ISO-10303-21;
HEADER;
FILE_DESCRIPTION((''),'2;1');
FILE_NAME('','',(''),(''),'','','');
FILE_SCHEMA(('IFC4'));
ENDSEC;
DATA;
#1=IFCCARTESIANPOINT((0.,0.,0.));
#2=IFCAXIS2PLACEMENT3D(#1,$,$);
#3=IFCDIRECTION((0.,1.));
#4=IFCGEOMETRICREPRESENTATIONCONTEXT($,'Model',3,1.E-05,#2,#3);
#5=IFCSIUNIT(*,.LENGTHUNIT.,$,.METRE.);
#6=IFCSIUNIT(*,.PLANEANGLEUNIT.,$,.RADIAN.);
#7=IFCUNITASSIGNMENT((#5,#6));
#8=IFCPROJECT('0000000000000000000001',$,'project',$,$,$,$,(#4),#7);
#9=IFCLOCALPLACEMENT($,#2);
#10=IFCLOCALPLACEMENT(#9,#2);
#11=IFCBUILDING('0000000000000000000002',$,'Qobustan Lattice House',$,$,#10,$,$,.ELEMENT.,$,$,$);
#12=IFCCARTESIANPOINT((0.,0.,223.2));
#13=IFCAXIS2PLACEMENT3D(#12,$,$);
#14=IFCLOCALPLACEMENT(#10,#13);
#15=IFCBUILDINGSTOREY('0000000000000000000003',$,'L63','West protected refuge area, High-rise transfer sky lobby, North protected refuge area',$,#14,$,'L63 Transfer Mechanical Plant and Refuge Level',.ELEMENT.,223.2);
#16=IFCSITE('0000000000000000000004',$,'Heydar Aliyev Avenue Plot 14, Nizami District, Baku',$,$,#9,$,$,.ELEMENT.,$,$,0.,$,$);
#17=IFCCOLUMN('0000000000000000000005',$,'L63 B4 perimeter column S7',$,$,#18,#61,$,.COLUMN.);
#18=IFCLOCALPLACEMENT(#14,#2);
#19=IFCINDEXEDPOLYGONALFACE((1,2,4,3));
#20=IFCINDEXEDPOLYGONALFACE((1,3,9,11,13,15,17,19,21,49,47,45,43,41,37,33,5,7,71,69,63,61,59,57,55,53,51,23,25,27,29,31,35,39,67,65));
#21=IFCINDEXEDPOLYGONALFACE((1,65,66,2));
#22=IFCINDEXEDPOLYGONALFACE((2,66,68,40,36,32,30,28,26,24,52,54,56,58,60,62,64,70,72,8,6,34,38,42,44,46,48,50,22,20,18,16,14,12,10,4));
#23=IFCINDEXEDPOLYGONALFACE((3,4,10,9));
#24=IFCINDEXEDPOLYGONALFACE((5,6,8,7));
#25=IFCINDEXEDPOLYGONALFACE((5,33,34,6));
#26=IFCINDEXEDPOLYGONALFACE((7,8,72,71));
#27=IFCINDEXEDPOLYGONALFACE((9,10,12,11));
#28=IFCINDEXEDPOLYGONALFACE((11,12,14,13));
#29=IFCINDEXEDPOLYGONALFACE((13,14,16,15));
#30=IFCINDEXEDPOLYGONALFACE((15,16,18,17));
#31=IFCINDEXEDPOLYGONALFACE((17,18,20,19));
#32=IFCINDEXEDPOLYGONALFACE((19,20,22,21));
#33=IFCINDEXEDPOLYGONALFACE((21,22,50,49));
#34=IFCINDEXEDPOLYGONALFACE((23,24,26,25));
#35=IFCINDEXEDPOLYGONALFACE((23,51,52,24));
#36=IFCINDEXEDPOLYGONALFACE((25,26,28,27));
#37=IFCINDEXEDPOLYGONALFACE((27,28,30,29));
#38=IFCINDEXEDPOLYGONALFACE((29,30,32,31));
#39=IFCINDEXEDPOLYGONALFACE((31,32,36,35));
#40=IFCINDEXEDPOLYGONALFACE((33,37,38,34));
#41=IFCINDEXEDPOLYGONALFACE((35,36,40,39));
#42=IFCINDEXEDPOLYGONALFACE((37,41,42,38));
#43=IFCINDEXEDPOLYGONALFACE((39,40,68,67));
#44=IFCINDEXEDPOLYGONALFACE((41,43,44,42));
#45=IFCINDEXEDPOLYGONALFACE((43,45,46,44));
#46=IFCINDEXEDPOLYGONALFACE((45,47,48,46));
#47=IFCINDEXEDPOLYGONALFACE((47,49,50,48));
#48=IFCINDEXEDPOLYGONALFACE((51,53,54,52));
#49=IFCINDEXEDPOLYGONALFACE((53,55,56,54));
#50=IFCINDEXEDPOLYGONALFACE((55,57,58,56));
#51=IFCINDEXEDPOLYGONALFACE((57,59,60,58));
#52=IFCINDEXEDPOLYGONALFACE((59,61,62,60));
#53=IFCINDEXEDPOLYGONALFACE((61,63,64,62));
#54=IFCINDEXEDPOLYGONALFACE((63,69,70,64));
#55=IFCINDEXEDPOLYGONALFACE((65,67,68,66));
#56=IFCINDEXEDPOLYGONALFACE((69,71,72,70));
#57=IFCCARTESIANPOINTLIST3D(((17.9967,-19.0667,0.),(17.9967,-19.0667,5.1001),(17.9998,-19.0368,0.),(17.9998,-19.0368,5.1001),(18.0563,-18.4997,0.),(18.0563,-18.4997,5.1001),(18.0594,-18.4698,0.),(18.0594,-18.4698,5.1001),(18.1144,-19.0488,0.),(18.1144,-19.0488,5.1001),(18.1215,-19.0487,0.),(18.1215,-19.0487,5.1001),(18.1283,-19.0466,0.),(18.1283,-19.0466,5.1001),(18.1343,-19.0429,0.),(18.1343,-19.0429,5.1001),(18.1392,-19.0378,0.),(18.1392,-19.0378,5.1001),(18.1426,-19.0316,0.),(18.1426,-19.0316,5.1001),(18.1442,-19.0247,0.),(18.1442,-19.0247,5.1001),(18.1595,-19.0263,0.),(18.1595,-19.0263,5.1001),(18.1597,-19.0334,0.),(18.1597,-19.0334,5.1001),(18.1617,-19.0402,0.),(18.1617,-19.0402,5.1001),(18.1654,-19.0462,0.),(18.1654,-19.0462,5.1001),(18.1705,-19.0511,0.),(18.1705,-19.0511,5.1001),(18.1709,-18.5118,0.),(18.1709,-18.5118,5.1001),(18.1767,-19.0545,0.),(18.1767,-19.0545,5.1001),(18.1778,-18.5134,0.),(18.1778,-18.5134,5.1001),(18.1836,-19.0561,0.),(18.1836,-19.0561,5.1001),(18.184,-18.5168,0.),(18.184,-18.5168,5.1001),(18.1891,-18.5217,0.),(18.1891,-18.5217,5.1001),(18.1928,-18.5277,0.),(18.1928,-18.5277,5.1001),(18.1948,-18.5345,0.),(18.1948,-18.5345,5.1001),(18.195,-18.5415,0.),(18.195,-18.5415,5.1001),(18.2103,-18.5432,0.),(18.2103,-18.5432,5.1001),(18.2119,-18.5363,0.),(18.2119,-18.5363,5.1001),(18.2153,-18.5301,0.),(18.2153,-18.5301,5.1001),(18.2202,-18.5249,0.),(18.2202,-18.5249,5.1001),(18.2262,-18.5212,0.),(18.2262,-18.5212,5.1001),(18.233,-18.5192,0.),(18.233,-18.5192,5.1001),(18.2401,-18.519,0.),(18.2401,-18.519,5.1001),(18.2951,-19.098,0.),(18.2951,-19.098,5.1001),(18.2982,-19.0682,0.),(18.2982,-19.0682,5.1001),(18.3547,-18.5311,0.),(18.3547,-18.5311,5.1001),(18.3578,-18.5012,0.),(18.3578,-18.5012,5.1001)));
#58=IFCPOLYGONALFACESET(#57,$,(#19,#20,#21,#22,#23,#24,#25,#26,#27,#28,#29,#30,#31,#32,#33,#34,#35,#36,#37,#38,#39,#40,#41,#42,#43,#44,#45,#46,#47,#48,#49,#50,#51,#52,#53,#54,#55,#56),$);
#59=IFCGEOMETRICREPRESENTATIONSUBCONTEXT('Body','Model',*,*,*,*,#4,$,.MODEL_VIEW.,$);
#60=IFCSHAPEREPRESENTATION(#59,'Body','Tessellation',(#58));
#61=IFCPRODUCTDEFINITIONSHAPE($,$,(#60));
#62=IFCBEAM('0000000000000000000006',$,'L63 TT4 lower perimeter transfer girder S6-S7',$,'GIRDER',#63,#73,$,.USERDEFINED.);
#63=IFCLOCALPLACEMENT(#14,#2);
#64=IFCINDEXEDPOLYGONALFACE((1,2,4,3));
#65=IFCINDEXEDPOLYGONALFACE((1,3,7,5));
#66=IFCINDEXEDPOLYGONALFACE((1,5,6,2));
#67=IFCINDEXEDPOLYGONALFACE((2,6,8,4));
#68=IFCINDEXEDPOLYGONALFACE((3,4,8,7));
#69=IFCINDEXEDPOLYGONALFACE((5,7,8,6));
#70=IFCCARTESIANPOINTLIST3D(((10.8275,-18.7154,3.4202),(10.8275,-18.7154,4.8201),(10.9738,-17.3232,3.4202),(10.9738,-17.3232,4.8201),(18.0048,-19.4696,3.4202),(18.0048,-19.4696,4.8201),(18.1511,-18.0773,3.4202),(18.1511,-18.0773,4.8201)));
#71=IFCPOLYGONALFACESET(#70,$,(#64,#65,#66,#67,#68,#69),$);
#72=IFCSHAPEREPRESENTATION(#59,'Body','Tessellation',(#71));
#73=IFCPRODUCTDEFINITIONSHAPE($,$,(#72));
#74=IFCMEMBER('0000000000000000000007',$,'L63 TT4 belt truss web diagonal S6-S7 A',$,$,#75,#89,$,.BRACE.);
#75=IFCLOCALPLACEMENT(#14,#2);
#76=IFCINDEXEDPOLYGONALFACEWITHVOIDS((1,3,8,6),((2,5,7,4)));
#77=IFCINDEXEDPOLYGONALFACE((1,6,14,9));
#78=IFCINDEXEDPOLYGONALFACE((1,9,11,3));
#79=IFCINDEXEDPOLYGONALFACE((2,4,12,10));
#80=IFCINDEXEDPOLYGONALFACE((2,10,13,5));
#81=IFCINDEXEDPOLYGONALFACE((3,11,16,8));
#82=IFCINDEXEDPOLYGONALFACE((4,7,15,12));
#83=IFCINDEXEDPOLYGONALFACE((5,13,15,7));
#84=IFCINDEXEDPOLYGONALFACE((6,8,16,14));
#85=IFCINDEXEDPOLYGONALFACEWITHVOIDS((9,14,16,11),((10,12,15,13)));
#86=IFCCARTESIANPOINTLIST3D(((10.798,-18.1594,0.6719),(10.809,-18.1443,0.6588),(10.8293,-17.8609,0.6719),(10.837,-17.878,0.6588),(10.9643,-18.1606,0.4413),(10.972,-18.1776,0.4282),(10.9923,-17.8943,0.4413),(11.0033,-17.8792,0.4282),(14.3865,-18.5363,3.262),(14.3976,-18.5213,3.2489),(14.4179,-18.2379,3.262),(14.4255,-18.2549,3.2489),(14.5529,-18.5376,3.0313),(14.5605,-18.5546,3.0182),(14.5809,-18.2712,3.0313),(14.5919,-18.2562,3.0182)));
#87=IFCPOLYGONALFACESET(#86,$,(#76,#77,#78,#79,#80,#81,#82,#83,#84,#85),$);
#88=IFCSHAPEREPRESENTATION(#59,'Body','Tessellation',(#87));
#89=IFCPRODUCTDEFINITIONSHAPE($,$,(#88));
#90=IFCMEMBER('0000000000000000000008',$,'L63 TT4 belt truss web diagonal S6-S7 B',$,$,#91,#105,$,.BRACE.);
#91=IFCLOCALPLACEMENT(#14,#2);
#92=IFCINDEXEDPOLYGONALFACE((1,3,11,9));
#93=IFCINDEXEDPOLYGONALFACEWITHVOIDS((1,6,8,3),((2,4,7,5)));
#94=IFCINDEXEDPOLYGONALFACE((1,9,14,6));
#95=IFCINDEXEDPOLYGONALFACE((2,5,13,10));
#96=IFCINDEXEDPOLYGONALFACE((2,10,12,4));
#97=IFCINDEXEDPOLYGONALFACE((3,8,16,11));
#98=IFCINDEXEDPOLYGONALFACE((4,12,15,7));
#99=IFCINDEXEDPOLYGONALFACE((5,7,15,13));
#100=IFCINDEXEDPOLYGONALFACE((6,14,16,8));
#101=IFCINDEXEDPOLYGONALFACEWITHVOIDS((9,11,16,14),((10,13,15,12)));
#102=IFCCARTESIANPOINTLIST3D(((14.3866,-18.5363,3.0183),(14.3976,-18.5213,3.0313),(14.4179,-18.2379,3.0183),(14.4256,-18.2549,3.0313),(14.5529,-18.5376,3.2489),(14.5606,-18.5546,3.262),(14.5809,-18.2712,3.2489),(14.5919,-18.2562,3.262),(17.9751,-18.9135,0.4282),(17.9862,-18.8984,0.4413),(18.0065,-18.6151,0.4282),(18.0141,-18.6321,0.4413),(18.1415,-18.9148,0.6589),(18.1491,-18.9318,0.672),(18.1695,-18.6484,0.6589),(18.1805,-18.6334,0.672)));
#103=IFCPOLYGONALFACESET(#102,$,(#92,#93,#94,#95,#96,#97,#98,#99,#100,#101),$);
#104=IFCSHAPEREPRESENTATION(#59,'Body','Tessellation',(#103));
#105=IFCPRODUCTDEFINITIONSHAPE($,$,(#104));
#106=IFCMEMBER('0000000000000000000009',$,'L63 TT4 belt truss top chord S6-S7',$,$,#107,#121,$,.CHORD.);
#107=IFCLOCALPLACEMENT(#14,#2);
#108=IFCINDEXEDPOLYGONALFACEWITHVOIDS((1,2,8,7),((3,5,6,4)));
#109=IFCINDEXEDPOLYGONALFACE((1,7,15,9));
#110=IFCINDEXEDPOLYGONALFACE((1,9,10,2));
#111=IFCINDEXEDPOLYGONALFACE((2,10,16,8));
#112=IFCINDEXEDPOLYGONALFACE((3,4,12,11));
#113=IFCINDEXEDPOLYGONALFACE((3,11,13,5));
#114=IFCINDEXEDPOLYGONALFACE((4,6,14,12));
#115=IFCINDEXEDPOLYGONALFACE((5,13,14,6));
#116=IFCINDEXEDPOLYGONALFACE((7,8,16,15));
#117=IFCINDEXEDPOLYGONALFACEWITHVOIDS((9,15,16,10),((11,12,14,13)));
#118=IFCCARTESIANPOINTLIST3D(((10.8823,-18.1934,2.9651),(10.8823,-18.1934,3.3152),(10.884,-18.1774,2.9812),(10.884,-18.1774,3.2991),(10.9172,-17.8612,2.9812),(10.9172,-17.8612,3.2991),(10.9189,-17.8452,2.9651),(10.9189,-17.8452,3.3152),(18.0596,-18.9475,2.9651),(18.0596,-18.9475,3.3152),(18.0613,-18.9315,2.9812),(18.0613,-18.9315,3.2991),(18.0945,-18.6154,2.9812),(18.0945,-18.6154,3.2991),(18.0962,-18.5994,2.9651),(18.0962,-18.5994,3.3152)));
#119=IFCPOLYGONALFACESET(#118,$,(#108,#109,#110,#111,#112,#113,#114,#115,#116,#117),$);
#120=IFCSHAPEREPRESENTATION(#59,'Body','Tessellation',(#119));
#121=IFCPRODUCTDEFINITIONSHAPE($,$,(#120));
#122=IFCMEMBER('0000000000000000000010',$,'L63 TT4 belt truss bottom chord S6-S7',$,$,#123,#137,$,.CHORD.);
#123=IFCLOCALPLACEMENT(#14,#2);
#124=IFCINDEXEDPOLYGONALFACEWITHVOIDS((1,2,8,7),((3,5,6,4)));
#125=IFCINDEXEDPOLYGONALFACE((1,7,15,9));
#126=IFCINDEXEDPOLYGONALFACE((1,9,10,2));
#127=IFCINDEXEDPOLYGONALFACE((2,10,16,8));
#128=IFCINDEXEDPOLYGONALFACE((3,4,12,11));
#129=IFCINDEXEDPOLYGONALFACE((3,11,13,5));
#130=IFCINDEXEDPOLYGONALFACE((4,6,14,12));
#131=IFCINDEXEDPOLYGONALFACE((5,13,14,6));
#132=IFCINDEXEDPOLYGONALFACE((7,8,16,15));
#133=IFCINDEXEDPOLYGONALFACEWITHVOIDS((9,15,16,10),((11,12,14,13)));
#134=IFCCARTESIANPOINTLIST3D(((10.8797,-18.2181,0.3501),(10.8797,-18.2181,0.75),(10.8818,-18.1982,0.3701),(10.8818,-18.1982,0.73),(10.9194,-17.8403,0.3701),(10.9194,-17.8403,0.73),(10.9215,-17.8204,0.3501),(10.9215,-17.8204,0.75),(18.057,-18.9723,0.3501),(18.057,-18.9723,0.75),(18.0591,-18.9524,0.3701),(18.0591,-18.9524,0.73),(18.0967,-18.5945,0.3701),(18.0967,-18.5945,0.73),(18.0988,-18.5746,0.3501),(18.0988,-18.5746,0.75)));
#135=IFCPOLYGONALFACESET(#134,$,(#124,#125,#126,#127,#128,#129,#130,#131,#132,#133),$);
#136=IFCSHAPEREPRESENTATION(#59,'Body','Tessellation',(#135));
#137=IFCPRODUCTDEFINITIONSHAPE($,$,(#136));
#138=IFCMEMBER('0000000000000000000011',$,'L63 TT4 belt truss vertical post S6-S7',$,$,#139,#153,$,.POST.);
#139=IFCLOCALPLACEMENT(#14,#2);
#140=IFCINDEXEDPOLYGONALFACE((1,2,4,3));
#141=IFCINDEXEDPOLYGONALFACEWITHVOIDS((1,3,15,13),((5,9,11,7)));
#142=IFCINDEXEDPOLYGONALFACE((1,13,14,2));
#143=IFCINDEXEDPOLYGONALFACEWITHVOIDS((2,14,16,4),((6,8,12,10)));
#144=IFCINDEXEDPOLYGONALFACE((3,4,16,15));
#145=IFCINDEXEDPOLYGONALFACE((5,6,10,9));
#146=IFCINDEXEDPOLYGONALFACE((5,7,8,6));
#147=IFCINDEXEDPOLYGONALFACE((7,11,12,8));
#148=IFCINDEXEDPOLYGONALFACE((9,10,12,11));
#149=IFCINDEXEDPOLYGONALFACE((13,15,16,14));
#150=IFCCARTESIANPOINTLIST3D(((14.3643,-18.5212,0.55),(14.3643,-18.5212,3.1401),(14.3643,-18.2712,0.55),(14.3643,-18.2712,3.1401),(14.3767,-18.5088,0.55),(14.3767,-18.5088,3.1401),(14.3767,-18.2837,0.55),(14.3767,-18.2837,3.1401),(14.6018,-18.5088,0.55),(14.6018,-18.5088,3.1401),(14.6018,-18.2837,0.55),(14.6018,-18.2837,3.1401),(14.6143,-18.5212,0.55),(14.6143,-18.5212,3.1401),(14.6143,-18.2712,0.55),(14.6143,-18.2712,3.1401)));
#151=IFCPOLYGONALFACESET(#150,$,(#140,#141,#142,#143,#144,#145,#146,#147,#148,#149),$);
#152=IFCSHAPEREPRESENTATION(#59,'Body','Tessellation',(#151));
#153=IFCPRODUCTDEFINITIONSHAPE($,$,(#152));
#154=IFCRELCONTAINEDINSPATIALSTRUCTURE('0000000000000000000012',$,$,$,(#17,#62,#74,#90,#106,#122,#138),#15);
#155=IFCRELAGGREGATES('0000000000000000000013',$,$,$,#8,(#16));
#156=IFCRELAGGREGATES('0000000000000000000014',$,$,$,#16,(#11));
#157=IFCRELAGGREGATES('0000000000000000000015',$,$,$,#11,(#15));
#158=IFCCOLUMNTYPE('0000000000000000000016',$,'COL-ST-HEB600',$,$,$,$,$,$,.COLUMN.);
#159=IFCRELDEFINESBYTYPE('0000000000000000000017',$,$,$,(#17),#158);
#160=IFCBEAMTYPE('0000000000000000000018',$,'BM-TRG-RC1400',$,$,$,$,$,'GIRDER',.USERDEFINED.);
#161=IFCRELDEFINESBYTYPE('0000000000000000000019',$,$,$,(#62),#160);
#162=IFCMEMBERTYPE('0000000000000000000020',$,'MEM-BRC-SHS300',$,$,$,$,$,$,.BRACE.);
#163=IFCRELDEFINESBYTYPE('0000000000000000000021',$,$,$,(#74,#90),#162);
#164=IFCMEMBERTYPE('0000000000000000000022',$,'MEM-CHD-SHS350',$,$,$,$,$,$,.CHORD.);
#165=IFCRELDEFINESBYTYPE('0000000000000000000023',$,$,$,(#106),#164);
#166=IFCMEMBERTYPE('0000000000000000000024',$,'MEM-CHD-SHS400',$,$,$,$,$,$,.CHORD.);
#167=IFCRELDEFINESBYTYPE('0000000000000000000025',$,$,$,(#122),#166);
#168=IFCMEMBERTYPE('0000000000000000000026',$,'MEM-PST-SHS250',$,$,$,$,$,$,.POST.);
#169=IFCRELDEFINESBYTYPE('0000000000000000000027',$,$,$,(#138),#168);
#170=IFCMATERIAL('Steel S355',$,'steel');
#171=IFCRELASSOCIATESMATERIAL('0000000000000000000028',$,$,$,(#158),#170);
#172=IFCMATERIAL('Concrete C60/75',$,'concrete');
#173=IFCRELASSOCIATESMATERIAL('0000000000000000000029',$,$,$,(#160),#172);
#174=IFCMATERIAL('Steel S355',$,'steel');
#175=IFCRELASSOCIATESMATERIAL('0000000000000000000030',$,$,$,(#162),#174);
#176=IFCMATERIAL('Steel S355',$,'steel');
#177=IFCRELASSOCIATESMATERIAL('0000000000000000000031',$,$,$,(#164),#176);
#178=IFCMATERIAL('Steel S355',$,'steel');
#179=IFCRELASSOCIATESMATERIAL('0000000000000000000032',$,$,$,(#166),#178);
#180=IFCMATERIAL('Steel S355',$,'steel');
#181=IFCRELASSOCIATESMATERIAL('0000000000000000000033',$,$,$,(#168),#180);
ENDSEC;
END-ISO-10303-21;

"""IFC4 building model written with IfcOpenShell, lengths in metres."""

from ifc_helpers import new_model, si_unit, direction, frame, origin, origin_2d, place, context, subcontext, project, spatial, rectangle, hollow_rectangle, i_section, extrude, material, material_profile, profile_set, type_object, element, save


model = new_model("IFC4")

# Units and contexts
model_context = context("Model", 3, precision=1e-05, world=origin(), true_north=direction((0.0, 1.0)))
body_context = subcontext(model_context, "Body", "Model", "MODEL_VIEW")
ifc_project = project(units=[si_unit("LENGTHUNIT", "METRE"), si_unit("PLANEANGLEUNIT", "RADIAN")], contexts=[model_context])

# Site, building, storey
site_placement = place(None, origin())
site = spatial("IfcSite", under=ifc_project, at=site_placement, Name="Heydar Aliyev Avenue Plot 14, Nizami District, Baku", CompositionType="ELEMENT", RefElevation=0.0)
building_placement = place(site_placement, origin())
building = spatial("IfcBuilding", under=site, at=building_placement, Name="Qobustan Lattice House", CompositionType="ELEMENT")
storey_placement = place(building_placement, frame((0.0, 0.0, 223.2)))
storey = spatial("IfcBuildingStorey", under=building, at=storey_placement, Name="L63", Description="West protected refuge area, High-rise transfer sky lobby, North protected refuge area", LongName="L63 Transfer Mechanical Plant and Refuge Level", CompositionType="ELEMENT", Elevation=223.2)

# Column
ifc_material_1 = material(Name="Steel S355", Category="steel")
ifc_material_profile_1 = material_profile(ifc_material_1, i_section(OverallWidth=0.3, OverallDepth=0.6001, WebThickness=0.0154, FlangeThickness=0.03, FilletRadius=0.0271, at=origin_2d()), Name="HEB600")
ifc_profile_set_1 = profile_set([ifc_material_profile_1], Name="Steel S355")
column_type = type_object("IfcColumnType", Name="COL-ST-HEB600", PredefinedType="COLUMN", material=ifc_profile_set_1)
column_placement = place(storey_placement, frame((18.1772, -18.7839, 0.0), z_axis=(0.0, 0.0, 1.0), x_axis=(0.994522, -0.104528, 0.0)))
element("IfcColumn", 1, at=column_placement, inside=storey, type_object=column_type, Name="L63 B4 perimeter column S7", PredefinedType="COLUMN", context=body_context, shape_type="SweptSolid", body=[
    extrude(i_section(OverallWidth=0.3, OverallDepth=0.6001, WebThickness=0.0154, FlangeThickness=0.03, FilletRadius=0.0271, at=origin_2d()), origin(), (0.0, 0.0, 1.0), 5.1001),
])

# Beam
ifc_material_2 = material(Name="Concrete C60/75", Category="concrete")
ifc_material_profile_2 = material_profile(ifc_material_2, rectangle(XDim=1.3999, YDim=1.3999, at=origin_2d()), Name="RC1400x1400")
ifc_profile_set_2 = profile_set([ifc_material_profile_2], Name="Concrete C60/75")
beam_type = type_object("IfcBeamType", Name="BM-TRG-RC1400", ElementType="GIRDER", PredefinedType="USERDEFINED", material=ifc_profile_set_2)
beam_placement = place(storey_placement, frame((10.9006, -18.0193, 4.1201), z_axis=(0.994525, -0.1045, 0.0), x_axis=(0.1045, 0.994525, 0.0)))
element("IfcBeam", 2, at=beam_placement, inside=storey, type_object=beam_type, Name="L63 TT4 lower perimeter transfer girder S6-S7", ObjectType="GIRDER", PredefinedType="USERDEFINED", context=body_context, shape_type="SweptSolid", body=[
    extrude(rectangle(XDim=1.3999, YDim=1.3999, at=origin_2d()), origin(), (0.0, 0.0, 1.0), 7.2168),
])

# Members
ifc_material_3 = material(Name="Steel S355", Category="steel")
ifc_material_profile_3 = material_profile(ifc_material_3, hollow_rectangle(XDim=0.3, YDim=0.3, WallThickness=0.0161, at=origin_2d()), Name="SHS300x300x16")
ifc_profile_set_3 = profile_set([ifc_material_profile_3], Name="Steel S355")
member_type_1 = type_object("IfcMemberType", Name="MEM-BRC-SHS300", PredefinedType="BRACE", material=ifc_profile_set_3)
for number, where, z_axis, x_axis, name in (
    (3, (10.9006, -18.0193, 0.55), (0.807936, -0.084867, 0.583127), (0.104466, 0.994528, 0.0), "L63 TT4 belt truss web diagonal S6-S7 A"),
    (4, (14.4893, -18.3962, 3.1401), (0.807932, -0.084921, -0.583125), (0.104533, 0.994521, 0.0), "L63 TT4 belt truss web diagonal S6-S7 B"),
):
    element("IfcMember", number, at=place(storey_placement, frame(where, z_axis=z_axis, x_axis=x_axis)), inside=storey, type_object=member_type_1, Name=name, PredefinedType="BRACE", context=body_context, shape_type="SweptSolid", body=[
        extrude(hollow_rectangle(XDim=0.3, YDim=0.3, WallThickness=0.0161, at=origin_2d()), origin(), (0.0, 0.0, 1.0), 4.4417),
    ])
ifc_material_4 = material(Name="Steel S355", Category="steel")
ifc_material_profile_4 = material_profile(ifc_material_4, hollow_rectangle(XDim=0.3501, YDim=0.3501, WallThickness=0.0161, at=origin_2d()), Name="SHS350x350x16")
ifc_profile_set_4 = profile_set([ifc_material_profile_4], Name="Steel S355")
member_type_2 = type_object("IfcMemberType", Name="MEM-CHD-SHS350", PredefinedType="CHORD", material=ifc_profile_set_4)
member_1_placement = place(storey_placement, frame((10.9006, -18.0193, 3.1401), z_axis=(0.994525, -0.1045, 0.0), x_axis=(0.1045, 0.994525, 0.0)))
element("IfcMember", 5, at=member_1_placement, inside=storey, type_object=member_type_2, Name="L63 TT4 belt truss top chord S6-S7", PredefinedType="CHORD", context=body_context, shape_type="SweptSolid", body=[
    extrude(hollow_rectangle(XDim=0.3501, YDim=0.3501, WallThickness=0.0161, at=origin_2d()), origin(), (0.0, 0.0, 1.0), 7.2168),
])
ifc_material_5 = material(Name="Steel S355", Category="steel")
ifc_material_profile_5 = material_profile(ifc_material_5, hollow_rectangle(XDim=0.3999, YDim=0.3999, WallThickness=0.02, at=origin_2d()), Name="SHS400x400x20")
ifc_profile_set_5 = profile_set([ifc_material_profile_5], Name="Steel S355")
member_type_3 = type_object("IfcMemberType", Name="MEM-CHD-SHS400", PredefinedType="CHORD", material=ifc_profile_set_5)
member_2_placement = place(storey_placement, frame((10.9006, -18.0193, 0.55), z_axis=(0.994525, -0.1045, 0.0), x_axis=(0.1045, 0.994525, 0.0)))
element("IfcMember", 6, at=member_2_placement, inside=storey, type_object=member_type_3, Name="L63 TT4 belt truss bottom chord S6-S7", PredefinedType="CHORD", context=body_context, shape_type="SweptSolid", body=[
    extrude(hollow_rectangle(XDim=0.3999, YDim=0.3999, WallThickness=0.02, at=origin_2d()), origin(), (0.0, 0.0, 1.0), 7.2168),
])
ifc_material_6 = material(Name="Steel S355", Category="steel")
ifc_material_profile_6 = material_profile(ifc_material_6, hollow_rectangle(XDim=0.25, YDim=0.25, WallThickness=0.0125, at=origin_2d()), Name="SHS250x250x12.5")
ifc_profile_set_6 = profile_set([ifc_material_profile_6], Name="Steel S355")
member_type_4 = type_object("IfcMemberType", Name="MEM-PST-SHS250", PredefinedType="POST", material=ifc_profile_set_6)
member_3_placement = place(storey_placement, frame((14.4893, -18.3962, 0.55), z_axis=(0.0, 0.0, 1.0), x_axis=(1.0, 0.0, 0.0)))
element("IfcMember", 7, at=member_3_placement, inside=storey, type_object=member_type_4, Name="L63 TT4 belt truss vertical post S6-S7", PredefinedType="POST", context=body_context, shape_type="SweptSolid", body=[
    extrude(hollow_rectangle(XDim=0.25, YDim=0.25, WallThickness=0.0125, at=origin_2d()), origin(), (0.0, 0.0, 1.0), 2.5901),
])

save(model, "model.ifc")
